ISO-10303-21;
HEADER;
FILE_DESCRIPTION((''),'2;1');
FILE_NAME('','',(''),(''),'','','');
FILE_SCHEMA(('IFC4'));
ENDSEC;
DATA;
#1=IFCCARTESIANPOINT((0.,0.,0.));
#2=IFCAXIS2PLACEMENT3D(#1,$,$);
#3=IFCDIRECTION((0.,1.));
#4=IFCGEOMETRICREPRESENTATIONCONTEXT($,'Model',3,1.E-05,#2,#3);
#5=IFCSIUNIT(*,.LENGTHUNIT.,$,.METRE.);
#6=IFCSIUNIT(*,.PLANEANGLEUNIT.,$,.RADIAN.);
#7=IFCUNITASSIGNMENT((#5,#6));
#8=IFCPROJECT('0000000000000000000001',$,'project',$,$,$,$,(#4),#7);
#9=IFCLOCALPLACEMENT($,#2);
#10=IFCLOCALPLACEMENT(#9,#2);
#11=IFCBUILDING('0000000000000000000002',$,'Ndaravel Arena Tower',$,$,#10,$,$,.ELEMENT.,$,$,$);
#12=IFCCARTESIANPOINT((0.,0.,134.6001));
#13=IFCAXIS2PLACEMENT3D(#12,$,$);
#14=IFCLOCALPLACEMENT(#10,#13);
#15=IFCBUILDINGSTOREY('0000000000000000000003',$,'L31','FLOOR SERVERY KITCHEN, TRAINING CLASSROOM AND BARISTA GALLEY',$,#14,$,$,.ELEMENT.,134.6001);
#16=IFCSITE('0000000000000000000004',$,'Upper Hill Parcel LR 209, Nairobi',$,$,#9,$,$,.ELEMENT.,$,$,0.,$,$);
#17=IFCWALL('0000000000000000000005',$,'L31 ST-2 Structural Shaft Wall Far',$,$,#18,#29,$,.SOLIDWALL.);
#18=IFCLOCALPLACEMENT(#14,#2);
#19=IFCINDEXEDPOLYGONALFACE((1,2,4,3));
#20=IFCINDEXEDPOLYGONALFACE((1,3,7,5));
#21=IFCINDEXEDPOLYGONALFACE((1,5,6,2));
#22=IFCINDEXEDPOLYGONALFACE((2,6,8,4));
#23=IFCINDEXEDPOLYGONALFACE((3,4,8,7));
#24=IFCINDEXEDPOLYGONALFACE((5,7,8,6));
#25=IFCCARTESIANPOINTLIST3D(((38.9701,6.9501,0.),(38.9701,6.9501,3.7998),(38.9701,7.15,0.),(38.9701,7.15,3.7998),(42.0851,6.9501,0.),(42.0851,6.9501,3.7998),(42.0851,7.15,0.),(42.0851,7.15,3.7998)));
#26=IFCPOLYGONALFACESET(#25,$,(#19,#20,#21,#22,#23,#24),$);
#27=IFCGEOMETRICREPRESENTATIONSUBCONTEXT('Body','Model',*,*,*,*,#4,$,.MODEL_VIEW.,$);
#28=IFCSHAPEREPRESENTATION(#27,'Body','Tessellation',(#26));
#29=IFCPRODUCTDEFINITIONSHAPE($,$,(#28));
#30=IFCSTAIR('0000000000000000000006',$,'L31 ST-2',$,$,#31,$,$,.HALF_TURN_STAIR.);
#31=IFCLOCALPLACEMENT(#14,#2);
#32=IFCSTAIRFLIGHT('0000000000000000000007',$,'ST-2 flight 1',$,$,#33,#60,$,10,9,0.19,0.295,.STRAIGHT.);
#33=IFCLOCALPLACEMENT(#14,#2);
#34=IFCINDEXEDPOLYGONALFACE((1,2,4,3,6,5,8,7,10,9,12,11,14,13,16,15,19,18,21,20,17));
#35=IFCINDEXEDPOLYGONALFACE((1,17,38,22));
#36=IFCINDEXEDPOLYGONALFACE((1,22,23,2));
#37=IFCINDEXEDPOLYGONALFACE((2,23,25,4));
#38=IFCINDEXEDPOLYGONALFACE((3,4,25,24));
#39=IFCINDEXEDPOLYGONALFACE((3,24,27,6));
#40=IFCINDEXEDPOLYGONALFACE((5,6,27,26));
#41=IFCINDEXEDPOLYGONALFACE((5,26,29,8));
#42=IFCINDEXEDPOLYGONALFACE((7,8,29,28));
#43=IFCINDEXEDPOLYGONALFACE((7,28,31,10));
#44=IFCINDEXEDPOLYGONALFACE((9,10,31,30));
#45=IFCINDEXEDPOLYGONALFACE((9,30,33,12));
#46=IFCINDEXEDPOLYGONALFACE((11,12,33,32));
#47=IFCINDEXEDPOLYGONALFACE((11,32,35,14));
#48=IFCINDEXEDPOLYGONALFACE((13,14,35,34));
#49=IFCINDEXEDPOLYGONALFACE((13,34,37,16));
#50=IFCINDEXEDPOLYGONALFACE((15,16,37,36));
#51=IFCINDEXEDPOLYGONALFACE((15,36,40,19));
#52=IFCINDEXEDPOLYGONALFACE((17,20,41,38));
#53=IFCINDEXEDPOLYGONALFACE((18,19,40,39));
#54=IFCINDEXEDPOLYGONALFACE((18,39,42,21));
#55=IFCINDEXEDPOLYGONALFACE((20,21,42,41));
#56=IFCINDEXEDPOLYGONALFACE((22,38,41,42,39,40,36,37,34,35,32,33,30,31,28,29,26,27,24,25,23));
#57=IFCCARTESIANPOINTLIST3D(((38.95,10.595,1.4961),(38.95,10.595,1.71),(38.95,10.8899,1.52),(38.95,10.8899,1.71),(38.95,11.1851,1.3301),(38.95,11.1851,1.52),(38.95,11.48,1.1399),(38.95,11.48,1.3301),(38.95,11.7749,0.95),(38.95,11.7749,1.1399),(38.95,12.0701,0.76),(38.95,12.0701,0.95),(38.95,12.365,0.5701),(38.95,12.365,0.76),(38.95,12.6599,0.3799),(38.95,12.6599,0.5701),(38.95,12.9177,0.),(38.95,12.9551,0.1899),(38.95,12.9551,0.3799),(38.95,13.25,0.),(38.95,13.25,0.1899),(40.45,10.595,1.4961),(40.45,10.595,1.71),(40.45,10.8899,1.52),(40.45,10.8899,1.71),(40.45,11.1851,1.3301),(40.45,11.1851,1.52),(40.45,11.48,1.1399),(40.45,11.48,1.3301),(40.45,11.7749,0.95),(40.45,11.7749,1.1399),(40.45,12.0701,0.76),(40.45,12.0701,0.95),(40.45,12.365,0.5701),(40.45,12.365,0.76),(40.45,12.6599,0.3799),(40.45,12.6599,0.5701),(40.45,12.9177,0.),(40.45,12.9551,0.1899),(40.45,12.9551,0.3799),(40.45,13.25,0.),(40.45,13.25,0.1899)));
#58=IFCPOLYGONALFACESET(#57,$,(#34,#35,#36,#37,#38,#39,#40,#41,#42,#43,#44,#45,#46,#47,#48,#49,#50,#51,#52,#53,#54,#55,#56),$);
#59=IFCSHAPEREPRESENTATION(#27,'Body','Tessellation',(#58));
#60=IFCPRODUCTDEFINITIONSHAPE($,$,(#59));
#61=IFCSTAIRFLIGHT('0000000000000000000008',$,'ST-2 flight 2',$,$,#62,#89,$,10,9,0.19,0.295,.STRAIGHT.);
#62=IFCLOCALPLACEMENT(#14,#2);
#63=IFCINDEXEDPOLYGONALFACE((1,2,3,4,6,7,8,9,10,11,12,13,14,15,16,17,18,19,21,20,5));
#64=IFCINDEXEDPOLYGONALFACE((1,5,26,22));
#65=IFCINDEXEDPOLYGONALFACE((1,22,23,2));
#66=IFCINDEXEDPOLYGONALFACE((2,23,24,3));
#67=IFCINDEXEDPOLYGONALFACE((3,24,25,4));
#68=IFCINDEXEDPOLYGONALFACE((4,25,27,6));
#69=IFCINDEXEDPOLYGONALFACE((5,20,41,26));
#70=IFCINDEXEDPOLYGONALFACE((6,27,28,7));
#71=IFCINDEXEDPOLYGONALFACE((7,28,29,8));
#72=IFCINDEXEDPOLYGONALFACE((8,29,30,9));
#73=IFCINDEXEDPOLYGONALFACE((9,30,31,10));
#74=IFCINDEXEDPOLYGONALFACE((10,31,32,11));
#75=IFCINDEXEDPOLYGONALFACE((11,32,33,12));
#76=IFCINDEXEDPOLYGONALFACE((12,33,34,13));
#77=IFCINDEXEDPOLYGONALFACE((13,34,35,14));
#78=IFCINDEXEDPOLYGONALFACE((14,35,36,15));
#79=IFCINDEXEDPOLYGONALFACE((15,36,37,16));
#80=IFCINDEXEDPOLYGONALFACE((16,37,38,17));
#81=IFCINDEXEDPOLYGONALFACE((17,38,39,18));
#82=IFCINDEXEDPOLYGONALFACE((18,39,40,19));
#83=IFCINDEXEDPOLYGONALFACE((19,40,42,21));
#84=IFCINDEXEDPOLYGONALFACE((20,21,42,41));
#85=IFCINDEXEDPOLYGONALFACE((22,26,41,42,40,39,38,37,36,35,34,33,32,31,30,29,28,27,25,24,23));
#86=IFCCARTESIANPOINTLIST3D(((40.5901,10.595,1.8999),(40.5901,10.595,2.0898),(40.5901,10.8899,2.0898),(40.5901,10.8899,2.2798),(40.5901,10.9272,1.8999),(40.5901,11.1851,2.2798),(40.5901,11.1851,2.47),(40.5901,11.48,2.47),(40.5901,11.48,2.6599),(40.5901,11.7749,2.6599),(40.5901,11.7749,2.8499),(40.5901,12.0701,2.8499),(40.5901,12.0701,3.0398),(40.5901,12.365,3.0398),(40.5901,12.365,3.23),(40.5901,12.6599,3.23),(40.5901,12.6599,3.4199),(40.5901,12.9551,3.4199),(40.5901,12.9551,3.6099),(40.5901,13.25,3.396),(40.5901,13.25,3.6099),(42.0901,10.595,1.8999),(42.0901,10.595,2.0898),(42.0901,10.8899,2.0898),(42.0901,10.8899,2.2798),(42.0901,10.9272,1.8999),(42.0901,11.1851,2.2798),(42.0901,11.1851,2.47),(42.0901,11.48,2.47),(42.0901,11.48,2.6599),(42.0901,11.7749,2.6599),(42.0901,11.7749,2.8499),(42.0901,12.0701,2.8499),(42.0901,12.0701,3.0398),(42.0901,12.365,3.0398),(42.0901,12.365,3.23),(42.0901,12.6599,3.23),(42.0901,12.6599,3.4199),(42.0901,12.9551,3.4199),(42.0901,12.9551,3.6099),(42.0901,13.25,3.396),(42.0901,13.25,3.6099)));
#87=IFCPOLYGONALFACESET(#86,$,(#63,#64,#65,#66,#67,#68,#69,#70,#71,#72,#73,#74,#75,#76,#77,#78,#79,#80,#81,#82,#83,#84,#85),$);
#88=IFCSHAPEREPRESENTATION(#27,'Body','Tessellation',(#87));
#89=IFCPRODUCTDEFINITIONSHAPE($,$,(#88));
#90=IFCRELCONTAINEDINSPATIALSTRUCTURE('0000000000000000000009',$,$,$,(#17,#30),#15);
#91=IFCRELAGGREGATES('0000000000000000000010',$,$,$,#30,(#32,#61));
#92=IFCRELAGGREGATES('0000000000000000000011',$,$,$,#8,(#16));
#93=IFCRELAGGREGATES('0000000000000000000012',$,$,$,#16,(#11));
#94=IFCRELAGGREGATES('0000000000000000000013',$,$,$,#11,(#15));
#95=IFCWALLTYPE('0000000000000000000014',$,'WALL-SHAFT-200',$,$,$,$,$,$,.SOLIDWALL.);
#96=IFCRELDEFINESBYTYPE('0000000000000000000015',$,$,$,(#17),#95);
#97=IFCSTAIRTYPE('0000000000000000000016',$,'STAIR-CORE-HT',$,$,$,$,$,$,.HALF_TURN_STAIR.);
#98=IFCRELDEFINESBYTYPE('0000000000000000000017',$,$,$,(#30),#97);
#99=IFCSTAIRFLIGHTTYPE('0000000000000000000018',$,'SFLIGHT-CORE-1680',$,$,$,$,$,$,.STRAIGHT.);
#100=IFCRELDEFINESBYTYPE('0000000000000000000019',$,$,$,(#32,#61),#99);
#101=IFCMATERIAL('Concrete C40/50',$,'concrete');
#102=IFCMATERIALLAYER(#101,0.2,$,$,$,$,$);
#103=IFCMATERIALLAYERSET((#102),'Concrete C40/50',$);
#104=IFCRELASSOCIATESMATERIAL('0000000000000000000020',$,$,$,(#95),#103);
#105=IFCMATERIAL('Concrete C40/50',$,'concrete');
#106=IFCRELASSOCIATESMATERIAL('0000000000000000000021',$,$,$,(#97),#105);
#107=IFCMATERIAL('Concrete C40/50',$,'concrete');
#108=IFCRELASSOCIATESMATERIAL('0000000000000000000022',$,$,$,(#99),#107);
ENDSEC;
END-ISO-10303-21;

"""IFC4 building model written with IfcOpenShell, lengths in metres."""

from ifc_helpers import new_model, si_unit, direction, frame, frame_2d, origin, place, context, subcontext, project, spatial, polyline, rectangle, outline, extrude, material, layer, layer_set, type_object, element, aggregate, save


model = new_model("IFC4")

# Units and contexts
model_context = context("Model", 3, precision=1e-05, world=origin(), true_north=direction((0.0, 1.0)))
body_context = subcontext(model_context, "Body", "Model", "MODEL_VIEW")
ifc_project = project(units=[si_unit("LENGTHUNIT", "METRE"), si_unit("PLANEANGLEUNIT", "RADIAN")], contexts=[model_context])

# Site, building, storey
site_placement = place(None, origin())
site = spatial("IfcSite", under=ifc_project, at=site_placement, Name="Upper Hill Parcel LR 209, Nairobi", CompositionType="ELEMENT", RefElevation=0.0)
building_placement = place(site_placement, origin())
building = spatial("IfcBuilding", under=site, at=building_placement, Name="Ndaravel Arena Tower", CompositionType="ELEMENT")
storey_placement = place(building_placement, frame((0.0, 0.0, 134.6001)))
storey = spatial("IfcBuildingStorey", under=building, at=storey_placement, Name="L31", Description="FLOOR SERVERY KITCHEN, TRAINING CLASSROOM AND BARISTA GALLEY", CompositionType="ELEMENT", Elevation=134.6001)

# Wall
ifc_material_1 = material(Name="Concrete C40/50", Category="concrete")
ifc_layer_1 = layer(ifc_material_1, 0.2)
ifc_layer_set_1 = layer_set([ifc_layer_1], Name="Concrete C40/50")
wall_type_1 = type_object("IfcWallType", Name="WALL-SHAFT-200", PredefinedType="SOLIDWALL", material=ifc_layer_set_1)
wall_1_placement = place(storey_placement, frame((38.97, 7.05, 0.0), z_axis=(0.0, 0.0, 1.0), x_axis=(1.0, 0.0, 0.0)))
element("IfcWall", 1, at=wall_1_placement, inside=storey, type_object=wall_type_1, Name="L31 ST-2 Structural Shaft Wall Far", PredefinedType="SOLIDWALL", context=body_context, shape_type="SweptSolid", body=[
    extrude(rectangle(XDim=3.115, YDim=0.2, at=frame_2d((1.5576, 0.0))), origin(), (0.0, 0.0, 1.0), 3.7998),
])

# Stair, stair flights
ifc_material_2 = material(Name="Concrete C40/50", Category="concrete")
stair_type = type_object("IfcStairType", Name="STAIR-CORE-HT", PredefinedType="HALF_TURN_STAIR", material=ifc_material_2)
stair_placement = place(storey_placement, origin())
stair = element("IfcStair", 2, at=stair_placement, inside=storey, type_object=stair_type, Name="L31 ST-2", PredefinedType="HALF_TURN_STAIR")
ifc_material_3 = material(Name="Concrete C40/50", Category="concrete")
stair_flight_type = type_object("IfcStairFlightType", Name="SFLIGHT-CORE-1680", PredefinedType="STRAIGHT", material=ifc_material_3)
stair_flight_1_placement = place(storey_placement, frame((39.7, 13.25, 0.0), z_axis=(0.0, 0.0, 1.0), x_axis=(0.0, -1.0, 0.0)))
stair_flight_1 = element("IfcStairFlight", 3, at=stair_flight_1_placement, type_object=stair_flight_type, Name="ST-2 flight 1", NumberOfRisers=10, NumberOfTreads=9, PredefinedType="STRAIGHT", RiserHeight=0.19, TreadLength=0.295, context=body_context, shape_type="SweptSolid", body=[
    extrude(outline(polyline([(0.0, 0.0), (0.0, 0.1899), (0.2949, 0.1899), (0.2949, 0.3799), (0.5901, 0.3799), (0.5901, 0.5701), (0.885, 0.5701), (0.885, 0.76), (1.1799, 0.76), (1.1799, 0.95), (1.4751, 0.95), (1.4751, 1.1399), (1.77, 1.1399), (1.77, 1.3301), (2.0649, 1.3301), (2.0649, 1.52), (2.3601, 1.52), (2.3601, 1.71), (2.655, 1.71), (2.655, 1.8999), (2.655, 1.4961), (0.3323, 0.0), (0.0, 0.0)])), frame((0.0, 0.75, 0.0), z_axis=(0.0, -1.0, 0.0), x_axis=(1.0, 0.0, 0.0)), (0.0, 0.0, 1.0), 1.5),
])
stair_flight_2_placement = place(storey_placement, frame((41.3401, 10.595, 1.8999), z_axis=(0.0, 0.0, 1.0), x_axis=(0.0, 1.0, 0.0)))
stair_flight_2 = element("IfcStairFlight", 4, at=stair_flight_2_placement, type_object=stair_flight_type, Name="ST-2 flight 2", NumberOfRisers=10, NumberOfTreads=9, PredefinedType="STRAIGHT", RiserHeight=0.19, TreadLength=0.295, context=body_context, shape_type="SweptSolid", body=[
    extrude(outline(polyline([(0.0, 0.0), (0.0, 0.1899), (0.2949, 0.1899), (0.2949, 0.3799), (0.5901, 0.3799), (0.5901, 0.5701), (0.885, 0.5701), (0.885, 0.76), (1.1799, 0.76), (1.1799, 0.95), (1.4751, 0.95), (1.4751, 1.1399), (1.77, 1.1399), (1.77, 1.3301), (2.0649, 1.3301), (2.0649, 1.52), (2.3601, 1.52), (2.3601, 1.71), (2.655, 1.71), (2.655, 1.8999), (2.655, 1.4961), (0.3323, 0.0), (0.0, 0.0)])), frame((0.0, 0.75, 0.0), z_axis=(0.0, -1.0, 0.0), x_axis=(1.0, 0.0, 0.0)), (0.0, 0.0, 1.0), 1.5),
])
aggregate(stair, [stair_flight_1, stair_flight_2])

save(model, "model.ifc")
